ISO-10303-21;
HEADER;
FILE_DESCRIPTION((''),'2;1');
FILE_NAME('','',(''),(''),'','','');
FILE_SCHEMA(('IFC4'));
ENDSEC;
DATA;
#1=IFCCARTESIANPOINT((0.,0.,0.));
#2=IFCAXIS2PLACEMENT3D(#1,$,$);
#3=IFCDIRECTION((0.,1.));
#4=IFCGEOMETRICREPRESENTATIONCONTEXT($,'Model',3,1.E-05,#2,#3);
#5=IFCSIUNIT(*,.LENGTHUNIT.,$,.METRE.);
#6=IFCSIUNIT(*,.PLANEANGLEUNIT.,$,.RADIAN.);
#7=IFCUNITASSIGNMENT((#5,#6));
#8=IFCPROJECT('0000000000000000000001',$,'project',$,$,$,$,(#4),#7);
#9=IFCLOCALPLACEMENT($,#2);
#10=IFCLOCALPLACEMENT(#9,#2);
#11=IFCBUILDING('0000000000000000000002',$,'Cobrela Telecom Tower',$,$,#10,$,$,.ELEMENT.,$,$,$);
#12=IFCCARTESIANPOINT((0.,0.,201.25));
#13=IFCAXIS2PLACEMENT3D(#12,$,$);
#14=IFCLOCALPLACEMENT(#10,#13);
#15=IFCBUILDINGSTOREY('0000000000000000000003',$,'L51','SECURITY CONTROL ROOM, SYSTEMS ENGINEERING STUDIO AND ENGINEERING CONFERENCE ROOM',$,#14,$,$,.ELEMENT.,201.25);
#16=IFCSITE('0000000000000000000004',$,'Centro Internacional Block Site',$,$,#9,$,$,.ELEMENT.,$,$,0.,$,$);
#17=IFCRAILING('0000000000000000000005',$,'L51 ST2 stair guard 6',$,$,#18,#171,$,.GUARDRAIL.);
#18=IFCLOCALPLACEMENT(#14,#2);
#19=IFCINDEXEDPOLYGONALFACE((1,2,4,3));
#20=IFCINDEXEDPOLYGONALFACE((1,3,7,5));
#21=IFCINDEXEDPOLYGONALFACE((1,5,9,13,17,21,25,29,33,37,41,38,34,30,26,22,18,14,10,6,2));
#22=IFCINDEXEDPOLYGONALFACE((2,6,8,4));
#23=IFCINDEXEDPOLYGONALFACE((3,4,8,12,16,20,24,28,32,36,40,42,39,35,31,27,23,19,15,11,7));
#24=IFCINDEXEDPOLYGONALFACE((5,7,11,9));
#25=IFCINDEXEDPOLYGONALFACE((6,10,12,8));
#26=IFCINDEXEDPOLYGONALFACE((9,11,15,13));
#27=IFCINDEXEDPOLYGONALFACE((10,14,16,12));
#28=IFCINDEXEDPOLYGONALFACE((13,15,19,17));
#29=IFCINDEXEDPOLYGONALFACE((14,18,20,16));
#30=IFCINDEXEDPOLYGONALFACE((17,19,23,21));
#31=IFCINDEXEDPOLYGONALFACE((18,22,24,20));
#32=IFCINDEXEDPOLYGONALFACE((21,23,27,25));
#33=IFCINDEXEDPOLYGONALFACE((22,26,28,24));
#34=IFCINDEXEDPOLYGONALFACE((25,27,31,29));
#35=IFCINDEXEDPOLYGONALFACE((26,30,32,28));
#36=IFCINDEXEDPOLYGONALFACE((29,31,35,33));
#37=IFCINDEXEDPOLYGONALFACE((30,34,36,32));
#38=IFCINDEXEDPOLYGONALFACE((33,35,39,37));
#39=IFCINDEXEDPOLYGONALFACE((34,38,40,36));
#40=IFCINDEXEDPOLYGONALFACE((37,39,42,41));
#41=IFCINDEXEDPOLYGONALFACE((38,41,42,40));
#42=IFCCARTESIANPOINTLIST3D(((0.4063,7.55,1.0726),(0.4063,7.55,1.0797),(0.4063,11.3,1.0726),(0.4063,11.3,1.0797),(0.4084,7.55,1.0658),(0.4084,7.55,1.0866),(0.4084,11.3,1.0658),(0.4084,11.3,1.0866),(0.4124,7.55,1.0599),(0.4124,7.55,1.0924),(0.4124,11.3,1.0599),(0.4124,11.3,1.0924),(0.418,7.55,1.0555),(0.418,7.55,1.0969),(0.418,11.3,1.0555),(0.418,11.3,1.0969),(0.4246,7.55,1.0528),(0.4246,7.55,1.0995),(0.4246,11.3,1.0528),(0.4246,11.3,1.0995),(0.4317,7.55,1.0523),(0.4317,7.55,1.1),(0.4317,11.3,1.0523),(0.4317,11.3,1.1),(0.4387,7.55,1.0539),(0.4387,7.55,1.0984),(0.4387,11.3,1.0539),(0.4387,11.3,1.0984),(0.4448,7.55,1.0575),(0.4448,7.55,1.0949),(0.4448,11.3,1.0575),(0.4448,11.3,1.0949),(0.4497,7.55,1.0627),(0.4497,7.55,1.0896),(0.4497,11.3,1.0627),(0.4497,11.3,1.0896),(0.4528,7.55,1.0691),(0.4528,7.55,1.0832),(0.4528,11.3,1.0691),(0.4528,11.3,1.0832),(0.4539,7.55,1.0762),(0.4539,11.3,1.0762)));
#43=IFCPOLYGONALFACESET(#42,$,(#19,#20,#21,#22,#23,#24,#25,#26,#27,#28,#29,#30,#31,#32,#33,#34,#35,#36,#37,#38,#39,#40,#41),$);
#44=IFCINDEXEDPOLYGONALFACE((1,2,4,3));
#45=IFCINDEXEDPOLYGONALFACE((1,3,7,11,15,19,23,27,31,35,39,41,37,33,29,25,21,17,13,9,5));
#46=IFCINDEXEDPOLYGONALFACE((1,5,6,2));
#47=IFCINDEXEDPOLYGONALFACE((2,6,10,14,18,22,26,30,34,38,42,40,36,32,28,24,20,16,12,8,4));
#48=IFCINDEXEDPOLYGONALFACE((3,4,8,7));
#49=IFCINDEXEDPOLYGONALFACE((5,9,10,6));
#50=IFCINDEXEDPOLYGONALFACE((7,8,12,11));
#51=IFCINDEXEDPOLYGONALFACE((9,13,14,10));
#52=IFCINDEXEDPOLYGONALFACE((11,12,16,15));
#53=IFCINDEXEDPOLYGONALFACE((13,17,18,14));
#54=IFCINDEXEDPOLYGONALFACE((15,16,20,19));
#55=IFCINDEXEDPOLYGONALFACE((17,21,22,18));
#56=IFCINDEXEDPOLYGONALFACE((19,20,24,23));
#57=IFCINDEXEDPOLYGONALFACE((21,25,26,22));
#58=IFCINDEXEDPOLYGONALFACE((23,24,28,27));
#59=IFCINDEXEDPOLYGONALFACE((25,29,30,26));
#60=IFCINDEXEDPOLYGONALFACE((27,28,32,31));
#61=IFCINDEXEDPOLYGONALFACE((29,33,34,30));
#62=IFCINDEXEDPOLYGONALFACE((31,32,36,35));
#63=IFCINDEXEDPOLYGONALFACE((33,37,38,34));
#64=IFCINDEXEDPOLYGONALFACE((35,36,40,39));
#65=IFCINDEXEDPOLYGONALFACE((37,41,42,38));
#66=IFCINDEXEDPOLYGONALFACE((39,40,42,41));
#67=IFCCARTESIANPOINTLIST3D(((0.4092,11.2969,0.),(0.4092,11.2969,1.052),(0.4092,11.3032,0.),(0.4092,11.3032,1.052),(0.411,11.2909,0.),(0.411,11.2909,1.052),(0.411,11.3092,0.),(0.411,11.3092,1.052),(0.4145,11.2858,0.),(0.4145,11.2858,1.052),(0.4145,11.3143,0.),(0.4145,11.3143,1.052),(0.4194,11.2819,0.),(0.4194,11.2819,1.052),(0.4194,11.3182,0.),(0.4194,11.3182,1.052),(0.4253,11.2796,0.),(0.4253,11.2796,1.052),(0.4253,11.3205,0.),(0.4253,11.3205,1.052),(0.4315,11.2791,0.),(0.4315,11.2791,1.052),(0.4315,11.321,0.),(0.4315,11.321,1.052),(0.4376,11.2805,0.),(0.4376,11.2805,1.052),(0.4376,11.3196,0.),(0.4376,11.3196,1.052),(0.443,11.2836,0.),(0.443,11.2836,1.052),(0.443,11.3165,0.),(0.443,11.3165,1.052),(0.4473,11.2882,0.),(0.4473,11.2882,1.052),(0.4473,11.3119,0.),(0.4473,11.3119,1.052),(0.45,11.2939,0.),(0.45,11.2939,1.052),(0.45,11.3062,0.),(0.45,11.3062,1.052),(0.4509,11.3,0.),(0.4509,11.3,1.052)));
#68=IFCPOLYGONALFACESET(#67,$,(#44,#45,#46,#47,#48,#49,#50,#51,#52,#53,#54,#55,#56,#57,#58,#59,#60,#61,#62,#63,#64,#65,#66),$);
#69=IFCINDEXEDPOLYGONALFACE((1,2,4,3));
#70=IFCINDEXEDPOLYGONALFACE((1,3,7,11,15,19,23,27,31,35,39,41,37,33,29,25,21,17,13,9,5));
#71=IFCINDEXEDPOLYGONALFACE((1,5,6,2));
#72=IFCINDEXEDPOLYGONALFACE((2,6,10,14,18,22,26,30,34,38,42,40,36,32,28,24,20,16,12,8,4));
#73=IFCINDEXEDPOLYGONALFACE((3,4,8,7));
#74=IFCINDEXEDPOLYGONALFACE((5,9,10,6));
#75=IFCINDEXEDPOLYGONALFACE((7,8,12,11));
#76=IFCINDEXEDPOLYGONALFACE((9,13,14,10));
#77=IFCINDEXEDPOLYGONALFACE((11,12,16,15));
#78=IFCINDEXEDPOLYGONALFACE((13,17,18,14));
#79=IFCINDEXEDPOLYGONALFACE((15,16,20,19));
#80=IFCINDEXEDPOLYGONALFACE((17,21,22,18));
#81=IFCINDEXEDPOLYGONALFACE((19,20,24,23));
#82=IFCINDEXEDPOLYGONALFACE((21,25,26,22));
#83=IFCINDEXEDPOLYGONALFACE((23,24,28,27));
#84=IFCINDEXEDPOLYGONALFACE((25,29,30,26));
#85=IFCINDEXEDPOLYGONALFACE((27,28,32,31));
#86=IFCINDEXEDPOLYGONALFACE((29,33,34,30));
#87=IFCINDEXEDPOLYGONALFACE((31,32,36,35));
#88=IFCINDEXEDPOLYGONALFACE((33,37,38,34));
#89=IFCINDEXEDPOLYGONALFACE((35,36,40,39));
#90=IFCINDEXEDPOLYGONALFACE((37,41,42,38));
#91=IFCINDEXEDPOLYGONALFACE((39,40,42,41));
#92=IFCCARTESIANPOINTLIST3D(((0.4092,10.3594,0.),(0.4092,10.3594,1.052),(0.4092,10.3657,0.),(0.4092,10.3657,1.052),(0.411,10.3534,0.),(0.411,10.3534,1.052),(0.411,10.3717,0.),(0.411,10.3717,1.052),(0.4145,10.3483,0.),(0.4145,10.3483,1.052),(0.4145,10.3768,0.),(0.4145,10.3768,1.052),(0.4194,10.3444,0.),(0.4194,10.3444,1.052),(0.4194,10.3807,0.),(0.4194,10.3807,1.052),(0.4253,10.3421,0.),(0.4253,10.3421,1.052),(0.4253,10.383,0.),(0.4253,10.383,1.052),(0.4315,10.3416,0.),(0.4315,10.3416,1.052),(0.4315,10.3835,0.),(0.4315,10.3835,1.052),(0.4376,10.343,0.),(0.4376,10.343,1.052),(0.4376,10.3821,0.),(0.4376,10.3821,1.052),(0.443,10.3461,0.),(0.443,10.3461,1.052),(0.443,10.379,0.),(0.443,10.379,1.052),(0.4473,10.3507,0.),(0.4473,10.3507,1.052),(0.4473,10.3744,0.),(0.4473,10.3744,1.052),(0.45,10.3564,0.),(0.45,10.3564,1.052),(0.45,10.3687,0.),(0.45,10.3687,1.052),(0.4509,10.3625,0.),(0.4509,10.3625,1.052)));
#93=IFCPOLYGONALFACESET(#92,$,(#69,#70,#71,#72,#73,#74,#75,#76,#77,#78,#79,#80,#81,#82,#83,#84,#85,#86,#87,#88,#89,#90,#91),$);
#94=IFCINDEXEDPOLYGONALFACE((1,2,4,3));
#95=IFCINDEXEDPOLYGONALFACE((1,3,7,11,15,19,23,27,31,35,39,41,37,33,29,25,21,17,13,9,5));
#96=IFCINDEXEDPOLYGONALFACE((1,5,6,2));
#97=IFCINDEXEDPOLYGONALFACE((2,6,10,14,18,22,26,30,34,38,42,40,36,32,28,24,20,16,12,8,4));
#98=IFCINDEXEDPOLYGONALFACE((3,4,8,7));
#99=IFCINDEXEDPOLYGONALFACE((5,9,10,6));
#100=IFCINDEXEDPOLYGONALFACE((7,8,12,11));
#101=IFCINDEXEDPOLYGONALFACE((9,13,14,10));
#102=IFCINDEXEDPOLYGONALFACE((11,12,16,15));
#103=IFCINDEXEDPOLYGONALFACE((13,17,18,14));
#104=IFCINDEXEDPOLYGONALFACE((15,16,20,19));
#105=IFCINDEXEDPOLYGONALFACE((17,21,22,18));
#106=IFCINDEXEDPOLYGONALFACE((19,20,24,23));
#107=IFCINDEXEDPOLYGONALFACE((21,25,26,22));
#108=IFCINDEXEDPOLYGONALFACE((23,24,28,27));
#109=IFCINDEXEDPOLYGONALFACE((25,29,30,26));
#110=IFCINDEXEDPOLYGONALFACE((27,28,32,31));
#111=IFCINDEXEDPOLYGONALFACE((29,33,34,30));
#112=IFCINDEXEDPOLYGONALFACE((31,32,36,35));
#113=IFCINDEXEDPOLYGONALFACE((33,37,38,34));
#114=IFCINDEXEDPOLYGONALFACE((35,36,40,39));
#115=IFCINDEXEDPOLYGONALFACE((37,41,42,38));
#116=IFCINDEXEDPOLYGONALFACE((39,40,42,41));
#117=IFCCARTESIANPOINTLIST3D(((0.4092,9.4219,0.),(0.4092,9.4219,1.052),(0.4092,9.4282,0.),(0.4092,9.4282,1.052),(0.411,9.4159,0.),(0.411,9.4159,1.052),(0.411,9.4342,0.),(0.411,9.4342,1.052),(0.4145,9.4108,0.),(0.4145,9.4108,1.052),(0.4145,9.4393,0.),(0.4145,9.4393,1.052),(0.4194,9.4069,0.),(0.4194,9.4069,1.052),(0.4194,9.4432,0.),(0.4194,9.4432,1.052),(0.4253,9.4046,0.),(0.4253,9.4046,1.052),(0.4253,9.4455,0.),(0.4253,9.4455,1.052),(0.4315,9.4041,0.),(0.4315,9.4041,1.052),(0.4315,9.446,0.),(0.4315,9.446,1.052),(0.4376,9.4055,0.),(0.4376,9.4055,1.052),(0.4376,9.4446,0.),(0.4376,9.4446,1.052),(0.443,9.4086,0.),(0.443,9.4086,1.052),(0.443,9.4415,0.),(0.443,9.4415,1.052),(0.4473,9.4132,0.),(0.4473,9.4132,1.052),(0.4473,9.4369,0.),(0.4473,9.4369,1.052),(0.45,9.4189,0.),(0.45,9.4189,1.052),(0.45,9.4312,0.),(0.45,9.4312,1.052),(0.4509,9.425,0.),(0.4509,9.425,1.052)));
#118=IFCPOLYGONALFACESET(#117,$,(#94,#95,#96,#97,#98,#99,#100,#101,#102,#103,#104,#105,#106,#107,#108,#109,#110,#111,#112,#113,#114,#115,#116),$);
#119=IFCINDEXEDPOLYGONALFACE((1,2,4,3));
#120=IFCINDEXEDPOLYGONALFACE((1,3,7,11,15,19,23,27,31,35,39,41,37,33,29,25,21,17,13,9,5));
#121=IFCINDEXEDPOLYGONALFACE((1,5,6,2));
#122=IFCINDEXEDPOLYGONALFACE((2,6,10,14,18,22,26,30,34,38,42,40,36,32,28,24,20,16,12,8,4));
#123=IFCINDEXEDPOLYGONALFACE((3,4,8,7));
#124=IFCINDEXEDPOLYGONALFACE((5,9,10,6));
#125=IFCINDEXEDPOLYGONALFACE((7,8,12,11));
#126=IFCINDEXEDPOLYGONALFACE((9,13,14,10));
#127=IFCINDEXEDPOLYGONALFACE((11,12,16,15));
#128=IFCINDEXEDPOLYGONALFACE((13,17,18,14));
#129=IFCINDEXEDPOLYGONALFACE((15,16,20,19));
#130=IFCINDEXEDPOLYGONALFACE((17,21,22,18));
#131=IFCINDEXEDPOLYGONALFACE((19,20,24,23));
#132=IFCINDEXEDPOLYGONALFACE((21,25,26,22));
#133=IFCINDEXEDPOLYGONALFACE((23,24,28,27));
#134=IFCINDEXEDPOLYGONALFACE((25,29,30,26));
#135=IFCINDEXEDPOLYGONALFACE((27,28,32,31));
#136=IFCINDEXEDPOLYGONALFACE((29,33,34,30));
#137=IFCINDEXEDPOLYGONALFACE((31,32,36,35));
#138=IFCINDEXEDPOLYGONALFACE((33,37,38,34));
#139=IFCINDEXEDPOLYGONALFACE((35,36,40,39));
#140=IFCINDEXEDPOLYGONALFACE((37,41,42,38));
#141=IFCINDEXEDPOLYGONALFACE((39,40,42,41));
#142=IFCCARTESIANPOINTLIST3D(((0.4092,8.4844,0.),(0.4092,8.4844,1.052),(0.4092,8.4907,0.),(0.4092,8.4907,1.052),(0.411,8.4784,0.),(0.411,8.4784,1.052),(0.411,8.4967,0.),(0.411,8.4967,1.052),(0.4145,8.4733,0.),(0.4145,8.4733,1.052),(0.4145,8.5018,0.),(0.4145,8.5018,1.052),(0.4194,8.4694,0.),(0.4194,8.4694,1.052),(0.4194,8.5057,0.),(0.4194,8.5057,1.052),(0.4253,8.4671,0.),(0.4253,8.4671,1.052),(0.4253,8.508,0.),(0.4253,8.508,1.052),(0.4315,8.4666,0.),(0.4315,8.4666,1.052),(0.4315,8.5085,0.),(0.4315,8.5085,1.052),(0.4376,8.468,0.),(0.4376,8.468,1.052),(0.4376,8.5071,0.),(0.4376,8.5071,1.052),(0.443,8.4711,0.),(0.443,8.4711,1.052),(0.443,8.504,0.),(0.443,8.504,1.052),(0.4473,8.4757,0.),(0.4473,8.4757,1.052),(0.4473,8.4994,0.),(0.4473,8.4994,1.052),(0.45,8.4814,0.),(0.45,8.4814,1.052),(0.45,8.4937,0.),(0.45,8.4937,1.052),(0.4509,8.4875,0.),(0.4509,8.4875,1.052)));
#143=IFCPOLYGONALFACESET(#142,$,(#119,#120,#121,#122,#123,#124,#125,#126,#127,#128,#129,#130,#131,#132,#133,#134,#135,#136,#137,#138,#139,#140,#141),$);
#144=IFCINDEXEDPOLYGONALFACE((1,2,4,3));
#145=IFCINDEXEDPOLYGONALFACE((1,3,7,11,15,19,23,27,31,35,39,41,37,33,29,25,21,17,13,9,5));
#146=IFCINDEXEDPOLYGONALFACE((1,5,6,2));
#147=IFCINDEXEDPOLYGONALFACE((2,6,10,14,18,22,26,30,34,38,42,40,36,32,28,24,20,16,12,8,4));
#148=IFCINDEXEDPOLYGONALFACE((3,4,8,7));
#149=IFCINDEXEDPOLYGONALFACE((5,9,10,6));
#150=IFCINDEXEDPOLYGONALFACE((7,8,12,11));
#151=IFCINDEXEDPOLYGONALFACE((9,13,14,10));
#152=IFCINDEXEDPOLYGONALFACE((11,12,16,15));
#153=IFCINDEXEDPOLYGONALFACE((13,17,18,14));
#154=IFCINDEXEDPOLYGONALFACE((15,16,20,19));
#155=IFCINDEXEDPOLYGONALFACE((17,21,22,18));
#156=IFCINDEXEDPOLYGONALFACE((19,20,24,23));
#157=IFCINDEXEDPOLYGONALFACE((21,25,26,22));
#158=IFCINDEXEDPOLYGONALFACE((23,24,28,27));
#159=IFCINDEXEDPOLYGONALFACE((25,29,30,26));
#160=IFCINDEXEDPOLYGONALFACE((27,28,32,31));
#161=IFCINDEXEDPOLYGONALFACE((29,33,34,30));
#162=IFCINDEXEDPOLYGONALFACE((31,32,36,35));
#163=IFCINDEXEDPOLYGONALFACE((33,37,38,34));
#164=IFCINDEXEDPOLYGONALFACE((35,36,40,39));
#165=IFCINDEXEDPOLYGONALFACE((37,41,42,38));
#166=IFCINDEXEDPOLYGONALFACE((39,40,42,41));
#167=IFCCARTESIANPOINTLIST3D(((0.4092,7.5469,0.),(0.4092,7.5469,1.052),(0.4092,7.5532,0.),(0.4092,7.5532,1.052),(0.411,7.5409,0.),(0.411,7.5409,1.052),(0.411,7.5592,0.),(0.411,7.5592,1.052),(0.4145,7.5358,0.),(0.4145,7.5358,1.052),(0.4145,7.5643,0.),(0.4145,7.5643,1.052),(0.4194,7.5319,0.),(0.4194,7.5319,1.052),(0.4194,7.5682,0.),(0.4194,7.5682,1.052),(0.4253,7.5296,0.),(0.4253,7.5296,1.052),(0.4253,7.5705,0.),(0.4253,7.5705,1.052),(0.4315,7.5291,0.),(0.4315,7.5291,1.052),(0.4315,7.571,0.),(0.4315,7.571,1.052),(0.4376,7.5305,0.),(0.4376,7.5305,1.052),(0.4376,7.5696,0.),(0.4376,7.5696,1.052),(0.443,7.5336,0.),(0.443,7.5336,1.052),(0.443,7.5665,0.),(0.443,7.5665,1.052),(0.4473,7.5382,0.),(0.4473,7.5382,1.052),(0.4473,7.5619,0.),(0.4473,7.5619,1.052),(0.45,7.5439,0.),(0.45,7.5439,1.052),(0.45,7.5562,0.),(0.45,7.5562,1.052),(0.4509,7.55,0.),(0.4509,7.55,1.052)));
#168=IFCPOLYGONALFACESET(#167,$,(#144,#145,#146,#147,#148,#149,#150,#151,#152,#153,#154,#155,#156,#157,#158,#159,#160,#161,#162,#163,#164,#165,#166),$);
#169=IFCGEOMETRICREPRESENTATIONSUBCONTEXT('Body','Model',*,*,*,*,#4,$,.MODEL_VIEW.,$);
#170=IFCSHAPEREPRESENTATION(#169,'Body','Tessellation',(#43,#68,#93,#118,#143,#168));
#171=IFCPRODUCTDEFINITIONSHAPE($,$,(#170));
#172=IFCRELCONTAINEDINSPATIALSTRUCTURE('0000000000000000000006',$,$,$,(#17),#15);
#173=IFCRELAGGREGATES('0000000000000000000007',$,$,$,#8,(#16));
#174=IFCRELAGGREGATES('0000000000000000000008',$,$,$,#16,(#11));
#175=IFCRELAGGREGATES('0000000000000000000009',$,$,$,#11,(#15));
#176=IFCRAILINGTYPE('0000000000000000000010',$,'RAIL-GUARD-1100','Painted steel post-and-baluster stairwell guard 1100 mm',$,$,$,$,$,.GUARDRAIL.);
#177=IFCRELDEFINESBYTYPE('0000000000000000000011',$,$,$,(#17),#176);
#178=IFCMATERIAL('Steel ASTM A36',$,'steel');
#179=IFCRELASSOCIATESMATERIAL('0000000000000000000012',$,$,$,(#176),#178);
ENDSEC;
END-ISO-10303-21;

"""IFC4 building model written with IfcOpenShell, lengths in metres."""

from ifc_helpers import new_model, si_unit, direction, frame, origin, origin_2d, place, context, subcontext, project, spatial, circle, extrude, material, type_object, element, save


model = new_model("IFC4")

# Units and contexts
model_context = context("Model", 3, precision=1e-05, world=origin(), true_north=direction((0.0, 1.0)))
body_context = subcontext(model_context, "Body", "Model", "MODEL_VIEW")
ifc_project = project(units=[si_unit("LENGTHUNIT", "METRE"), si_unit("PLANEANGLEUNIT", "RADIAN")], contexts=[model_context])

# Site, building, storey
site_placement = place(None, origin())
site = spatial("IfcSite", under=ifc_project, at=site_placement, Name="Centro Internacional Block Site", CompositionType="ELEMENT", RefElevation=0.0)
building_placement = place(site_placement, origin())
building = spatial("IfcBuilding", under=site, at=building_placement, Name="Cobrela Telecom Tower", CompositionType="ELEMENT")
storey_placement = place(building_placement, frame((0.0, 0.0, 201.25)))
storey = spatial("IfcBuildingStorey", under=building, at=storey_placement, Name="L51", Description="SECURITY CONTROL ROOM, SYSTEMS ENGINEERING STUDIO AND ENGINEERING CONFERENCE ROOM", CompositionType="ELEMENT", Elevation=201.25)

# Shared definitions
ifc_material_1 = material(Name="Steel ASTM A36", Category="steel")

# Railing
railing_type = type_object("IfcRailingType", Name="RAIL-GUARD-1100", Description="Painted steel post-and-baluster stairwell guard 1100 mm", PredefinedType="GUARDRAIL", material=ifc_material_1)
railing_1_placement = place(storey_placement, frame((0.4299, 11.3, 0.0)))
element("IfcRailing", 1, at=railing_1_placement, inside=storey, type_object=railing_type, Name="L51 ST2 stair guard 6", PredefinedType="GUARDRAIL", context=body_context, shape_type="SweptSolid", body=[
    extrude(circle(Radius=0.0239, at=origin_2d()), frame((0.0, 0.0, 1.0762), z_axis=(0.0, -1.0, 0.0), x_axis=(1.0, 0.0, 0.0)), (0.0, 0.0, 1.0), 3.75),
    extrude(circle(Radius=0.021, at=origin_2d()), origin(), (0.0, 0.0, 1.0), 1.052),
    extrude(circle(Radius=0.021, at=origin_2d()), frame((0.0, -0.9375, 0.0)), (0.0, 0.0, 1.0), 1.052),
    extrude(circle(Radius=0.021, at=origin_2d()), frame((0.0, -1.875, 0.0)), (0.0, 0.0, 1.0), 1.052),
    extrude(circle(Radius=0.021, at=origin_2d()), frame((0.0, -2.8125, 0.0)), (0.0, 0.0, 1.0), 1.052),
    extrude(circle(Radius=0.021, at=origin_2d()), frame((0.0, -3.75, 0.0)), (0.0, 0.0, 1.0), 1.052),
])

save(model, "model.ifc")
